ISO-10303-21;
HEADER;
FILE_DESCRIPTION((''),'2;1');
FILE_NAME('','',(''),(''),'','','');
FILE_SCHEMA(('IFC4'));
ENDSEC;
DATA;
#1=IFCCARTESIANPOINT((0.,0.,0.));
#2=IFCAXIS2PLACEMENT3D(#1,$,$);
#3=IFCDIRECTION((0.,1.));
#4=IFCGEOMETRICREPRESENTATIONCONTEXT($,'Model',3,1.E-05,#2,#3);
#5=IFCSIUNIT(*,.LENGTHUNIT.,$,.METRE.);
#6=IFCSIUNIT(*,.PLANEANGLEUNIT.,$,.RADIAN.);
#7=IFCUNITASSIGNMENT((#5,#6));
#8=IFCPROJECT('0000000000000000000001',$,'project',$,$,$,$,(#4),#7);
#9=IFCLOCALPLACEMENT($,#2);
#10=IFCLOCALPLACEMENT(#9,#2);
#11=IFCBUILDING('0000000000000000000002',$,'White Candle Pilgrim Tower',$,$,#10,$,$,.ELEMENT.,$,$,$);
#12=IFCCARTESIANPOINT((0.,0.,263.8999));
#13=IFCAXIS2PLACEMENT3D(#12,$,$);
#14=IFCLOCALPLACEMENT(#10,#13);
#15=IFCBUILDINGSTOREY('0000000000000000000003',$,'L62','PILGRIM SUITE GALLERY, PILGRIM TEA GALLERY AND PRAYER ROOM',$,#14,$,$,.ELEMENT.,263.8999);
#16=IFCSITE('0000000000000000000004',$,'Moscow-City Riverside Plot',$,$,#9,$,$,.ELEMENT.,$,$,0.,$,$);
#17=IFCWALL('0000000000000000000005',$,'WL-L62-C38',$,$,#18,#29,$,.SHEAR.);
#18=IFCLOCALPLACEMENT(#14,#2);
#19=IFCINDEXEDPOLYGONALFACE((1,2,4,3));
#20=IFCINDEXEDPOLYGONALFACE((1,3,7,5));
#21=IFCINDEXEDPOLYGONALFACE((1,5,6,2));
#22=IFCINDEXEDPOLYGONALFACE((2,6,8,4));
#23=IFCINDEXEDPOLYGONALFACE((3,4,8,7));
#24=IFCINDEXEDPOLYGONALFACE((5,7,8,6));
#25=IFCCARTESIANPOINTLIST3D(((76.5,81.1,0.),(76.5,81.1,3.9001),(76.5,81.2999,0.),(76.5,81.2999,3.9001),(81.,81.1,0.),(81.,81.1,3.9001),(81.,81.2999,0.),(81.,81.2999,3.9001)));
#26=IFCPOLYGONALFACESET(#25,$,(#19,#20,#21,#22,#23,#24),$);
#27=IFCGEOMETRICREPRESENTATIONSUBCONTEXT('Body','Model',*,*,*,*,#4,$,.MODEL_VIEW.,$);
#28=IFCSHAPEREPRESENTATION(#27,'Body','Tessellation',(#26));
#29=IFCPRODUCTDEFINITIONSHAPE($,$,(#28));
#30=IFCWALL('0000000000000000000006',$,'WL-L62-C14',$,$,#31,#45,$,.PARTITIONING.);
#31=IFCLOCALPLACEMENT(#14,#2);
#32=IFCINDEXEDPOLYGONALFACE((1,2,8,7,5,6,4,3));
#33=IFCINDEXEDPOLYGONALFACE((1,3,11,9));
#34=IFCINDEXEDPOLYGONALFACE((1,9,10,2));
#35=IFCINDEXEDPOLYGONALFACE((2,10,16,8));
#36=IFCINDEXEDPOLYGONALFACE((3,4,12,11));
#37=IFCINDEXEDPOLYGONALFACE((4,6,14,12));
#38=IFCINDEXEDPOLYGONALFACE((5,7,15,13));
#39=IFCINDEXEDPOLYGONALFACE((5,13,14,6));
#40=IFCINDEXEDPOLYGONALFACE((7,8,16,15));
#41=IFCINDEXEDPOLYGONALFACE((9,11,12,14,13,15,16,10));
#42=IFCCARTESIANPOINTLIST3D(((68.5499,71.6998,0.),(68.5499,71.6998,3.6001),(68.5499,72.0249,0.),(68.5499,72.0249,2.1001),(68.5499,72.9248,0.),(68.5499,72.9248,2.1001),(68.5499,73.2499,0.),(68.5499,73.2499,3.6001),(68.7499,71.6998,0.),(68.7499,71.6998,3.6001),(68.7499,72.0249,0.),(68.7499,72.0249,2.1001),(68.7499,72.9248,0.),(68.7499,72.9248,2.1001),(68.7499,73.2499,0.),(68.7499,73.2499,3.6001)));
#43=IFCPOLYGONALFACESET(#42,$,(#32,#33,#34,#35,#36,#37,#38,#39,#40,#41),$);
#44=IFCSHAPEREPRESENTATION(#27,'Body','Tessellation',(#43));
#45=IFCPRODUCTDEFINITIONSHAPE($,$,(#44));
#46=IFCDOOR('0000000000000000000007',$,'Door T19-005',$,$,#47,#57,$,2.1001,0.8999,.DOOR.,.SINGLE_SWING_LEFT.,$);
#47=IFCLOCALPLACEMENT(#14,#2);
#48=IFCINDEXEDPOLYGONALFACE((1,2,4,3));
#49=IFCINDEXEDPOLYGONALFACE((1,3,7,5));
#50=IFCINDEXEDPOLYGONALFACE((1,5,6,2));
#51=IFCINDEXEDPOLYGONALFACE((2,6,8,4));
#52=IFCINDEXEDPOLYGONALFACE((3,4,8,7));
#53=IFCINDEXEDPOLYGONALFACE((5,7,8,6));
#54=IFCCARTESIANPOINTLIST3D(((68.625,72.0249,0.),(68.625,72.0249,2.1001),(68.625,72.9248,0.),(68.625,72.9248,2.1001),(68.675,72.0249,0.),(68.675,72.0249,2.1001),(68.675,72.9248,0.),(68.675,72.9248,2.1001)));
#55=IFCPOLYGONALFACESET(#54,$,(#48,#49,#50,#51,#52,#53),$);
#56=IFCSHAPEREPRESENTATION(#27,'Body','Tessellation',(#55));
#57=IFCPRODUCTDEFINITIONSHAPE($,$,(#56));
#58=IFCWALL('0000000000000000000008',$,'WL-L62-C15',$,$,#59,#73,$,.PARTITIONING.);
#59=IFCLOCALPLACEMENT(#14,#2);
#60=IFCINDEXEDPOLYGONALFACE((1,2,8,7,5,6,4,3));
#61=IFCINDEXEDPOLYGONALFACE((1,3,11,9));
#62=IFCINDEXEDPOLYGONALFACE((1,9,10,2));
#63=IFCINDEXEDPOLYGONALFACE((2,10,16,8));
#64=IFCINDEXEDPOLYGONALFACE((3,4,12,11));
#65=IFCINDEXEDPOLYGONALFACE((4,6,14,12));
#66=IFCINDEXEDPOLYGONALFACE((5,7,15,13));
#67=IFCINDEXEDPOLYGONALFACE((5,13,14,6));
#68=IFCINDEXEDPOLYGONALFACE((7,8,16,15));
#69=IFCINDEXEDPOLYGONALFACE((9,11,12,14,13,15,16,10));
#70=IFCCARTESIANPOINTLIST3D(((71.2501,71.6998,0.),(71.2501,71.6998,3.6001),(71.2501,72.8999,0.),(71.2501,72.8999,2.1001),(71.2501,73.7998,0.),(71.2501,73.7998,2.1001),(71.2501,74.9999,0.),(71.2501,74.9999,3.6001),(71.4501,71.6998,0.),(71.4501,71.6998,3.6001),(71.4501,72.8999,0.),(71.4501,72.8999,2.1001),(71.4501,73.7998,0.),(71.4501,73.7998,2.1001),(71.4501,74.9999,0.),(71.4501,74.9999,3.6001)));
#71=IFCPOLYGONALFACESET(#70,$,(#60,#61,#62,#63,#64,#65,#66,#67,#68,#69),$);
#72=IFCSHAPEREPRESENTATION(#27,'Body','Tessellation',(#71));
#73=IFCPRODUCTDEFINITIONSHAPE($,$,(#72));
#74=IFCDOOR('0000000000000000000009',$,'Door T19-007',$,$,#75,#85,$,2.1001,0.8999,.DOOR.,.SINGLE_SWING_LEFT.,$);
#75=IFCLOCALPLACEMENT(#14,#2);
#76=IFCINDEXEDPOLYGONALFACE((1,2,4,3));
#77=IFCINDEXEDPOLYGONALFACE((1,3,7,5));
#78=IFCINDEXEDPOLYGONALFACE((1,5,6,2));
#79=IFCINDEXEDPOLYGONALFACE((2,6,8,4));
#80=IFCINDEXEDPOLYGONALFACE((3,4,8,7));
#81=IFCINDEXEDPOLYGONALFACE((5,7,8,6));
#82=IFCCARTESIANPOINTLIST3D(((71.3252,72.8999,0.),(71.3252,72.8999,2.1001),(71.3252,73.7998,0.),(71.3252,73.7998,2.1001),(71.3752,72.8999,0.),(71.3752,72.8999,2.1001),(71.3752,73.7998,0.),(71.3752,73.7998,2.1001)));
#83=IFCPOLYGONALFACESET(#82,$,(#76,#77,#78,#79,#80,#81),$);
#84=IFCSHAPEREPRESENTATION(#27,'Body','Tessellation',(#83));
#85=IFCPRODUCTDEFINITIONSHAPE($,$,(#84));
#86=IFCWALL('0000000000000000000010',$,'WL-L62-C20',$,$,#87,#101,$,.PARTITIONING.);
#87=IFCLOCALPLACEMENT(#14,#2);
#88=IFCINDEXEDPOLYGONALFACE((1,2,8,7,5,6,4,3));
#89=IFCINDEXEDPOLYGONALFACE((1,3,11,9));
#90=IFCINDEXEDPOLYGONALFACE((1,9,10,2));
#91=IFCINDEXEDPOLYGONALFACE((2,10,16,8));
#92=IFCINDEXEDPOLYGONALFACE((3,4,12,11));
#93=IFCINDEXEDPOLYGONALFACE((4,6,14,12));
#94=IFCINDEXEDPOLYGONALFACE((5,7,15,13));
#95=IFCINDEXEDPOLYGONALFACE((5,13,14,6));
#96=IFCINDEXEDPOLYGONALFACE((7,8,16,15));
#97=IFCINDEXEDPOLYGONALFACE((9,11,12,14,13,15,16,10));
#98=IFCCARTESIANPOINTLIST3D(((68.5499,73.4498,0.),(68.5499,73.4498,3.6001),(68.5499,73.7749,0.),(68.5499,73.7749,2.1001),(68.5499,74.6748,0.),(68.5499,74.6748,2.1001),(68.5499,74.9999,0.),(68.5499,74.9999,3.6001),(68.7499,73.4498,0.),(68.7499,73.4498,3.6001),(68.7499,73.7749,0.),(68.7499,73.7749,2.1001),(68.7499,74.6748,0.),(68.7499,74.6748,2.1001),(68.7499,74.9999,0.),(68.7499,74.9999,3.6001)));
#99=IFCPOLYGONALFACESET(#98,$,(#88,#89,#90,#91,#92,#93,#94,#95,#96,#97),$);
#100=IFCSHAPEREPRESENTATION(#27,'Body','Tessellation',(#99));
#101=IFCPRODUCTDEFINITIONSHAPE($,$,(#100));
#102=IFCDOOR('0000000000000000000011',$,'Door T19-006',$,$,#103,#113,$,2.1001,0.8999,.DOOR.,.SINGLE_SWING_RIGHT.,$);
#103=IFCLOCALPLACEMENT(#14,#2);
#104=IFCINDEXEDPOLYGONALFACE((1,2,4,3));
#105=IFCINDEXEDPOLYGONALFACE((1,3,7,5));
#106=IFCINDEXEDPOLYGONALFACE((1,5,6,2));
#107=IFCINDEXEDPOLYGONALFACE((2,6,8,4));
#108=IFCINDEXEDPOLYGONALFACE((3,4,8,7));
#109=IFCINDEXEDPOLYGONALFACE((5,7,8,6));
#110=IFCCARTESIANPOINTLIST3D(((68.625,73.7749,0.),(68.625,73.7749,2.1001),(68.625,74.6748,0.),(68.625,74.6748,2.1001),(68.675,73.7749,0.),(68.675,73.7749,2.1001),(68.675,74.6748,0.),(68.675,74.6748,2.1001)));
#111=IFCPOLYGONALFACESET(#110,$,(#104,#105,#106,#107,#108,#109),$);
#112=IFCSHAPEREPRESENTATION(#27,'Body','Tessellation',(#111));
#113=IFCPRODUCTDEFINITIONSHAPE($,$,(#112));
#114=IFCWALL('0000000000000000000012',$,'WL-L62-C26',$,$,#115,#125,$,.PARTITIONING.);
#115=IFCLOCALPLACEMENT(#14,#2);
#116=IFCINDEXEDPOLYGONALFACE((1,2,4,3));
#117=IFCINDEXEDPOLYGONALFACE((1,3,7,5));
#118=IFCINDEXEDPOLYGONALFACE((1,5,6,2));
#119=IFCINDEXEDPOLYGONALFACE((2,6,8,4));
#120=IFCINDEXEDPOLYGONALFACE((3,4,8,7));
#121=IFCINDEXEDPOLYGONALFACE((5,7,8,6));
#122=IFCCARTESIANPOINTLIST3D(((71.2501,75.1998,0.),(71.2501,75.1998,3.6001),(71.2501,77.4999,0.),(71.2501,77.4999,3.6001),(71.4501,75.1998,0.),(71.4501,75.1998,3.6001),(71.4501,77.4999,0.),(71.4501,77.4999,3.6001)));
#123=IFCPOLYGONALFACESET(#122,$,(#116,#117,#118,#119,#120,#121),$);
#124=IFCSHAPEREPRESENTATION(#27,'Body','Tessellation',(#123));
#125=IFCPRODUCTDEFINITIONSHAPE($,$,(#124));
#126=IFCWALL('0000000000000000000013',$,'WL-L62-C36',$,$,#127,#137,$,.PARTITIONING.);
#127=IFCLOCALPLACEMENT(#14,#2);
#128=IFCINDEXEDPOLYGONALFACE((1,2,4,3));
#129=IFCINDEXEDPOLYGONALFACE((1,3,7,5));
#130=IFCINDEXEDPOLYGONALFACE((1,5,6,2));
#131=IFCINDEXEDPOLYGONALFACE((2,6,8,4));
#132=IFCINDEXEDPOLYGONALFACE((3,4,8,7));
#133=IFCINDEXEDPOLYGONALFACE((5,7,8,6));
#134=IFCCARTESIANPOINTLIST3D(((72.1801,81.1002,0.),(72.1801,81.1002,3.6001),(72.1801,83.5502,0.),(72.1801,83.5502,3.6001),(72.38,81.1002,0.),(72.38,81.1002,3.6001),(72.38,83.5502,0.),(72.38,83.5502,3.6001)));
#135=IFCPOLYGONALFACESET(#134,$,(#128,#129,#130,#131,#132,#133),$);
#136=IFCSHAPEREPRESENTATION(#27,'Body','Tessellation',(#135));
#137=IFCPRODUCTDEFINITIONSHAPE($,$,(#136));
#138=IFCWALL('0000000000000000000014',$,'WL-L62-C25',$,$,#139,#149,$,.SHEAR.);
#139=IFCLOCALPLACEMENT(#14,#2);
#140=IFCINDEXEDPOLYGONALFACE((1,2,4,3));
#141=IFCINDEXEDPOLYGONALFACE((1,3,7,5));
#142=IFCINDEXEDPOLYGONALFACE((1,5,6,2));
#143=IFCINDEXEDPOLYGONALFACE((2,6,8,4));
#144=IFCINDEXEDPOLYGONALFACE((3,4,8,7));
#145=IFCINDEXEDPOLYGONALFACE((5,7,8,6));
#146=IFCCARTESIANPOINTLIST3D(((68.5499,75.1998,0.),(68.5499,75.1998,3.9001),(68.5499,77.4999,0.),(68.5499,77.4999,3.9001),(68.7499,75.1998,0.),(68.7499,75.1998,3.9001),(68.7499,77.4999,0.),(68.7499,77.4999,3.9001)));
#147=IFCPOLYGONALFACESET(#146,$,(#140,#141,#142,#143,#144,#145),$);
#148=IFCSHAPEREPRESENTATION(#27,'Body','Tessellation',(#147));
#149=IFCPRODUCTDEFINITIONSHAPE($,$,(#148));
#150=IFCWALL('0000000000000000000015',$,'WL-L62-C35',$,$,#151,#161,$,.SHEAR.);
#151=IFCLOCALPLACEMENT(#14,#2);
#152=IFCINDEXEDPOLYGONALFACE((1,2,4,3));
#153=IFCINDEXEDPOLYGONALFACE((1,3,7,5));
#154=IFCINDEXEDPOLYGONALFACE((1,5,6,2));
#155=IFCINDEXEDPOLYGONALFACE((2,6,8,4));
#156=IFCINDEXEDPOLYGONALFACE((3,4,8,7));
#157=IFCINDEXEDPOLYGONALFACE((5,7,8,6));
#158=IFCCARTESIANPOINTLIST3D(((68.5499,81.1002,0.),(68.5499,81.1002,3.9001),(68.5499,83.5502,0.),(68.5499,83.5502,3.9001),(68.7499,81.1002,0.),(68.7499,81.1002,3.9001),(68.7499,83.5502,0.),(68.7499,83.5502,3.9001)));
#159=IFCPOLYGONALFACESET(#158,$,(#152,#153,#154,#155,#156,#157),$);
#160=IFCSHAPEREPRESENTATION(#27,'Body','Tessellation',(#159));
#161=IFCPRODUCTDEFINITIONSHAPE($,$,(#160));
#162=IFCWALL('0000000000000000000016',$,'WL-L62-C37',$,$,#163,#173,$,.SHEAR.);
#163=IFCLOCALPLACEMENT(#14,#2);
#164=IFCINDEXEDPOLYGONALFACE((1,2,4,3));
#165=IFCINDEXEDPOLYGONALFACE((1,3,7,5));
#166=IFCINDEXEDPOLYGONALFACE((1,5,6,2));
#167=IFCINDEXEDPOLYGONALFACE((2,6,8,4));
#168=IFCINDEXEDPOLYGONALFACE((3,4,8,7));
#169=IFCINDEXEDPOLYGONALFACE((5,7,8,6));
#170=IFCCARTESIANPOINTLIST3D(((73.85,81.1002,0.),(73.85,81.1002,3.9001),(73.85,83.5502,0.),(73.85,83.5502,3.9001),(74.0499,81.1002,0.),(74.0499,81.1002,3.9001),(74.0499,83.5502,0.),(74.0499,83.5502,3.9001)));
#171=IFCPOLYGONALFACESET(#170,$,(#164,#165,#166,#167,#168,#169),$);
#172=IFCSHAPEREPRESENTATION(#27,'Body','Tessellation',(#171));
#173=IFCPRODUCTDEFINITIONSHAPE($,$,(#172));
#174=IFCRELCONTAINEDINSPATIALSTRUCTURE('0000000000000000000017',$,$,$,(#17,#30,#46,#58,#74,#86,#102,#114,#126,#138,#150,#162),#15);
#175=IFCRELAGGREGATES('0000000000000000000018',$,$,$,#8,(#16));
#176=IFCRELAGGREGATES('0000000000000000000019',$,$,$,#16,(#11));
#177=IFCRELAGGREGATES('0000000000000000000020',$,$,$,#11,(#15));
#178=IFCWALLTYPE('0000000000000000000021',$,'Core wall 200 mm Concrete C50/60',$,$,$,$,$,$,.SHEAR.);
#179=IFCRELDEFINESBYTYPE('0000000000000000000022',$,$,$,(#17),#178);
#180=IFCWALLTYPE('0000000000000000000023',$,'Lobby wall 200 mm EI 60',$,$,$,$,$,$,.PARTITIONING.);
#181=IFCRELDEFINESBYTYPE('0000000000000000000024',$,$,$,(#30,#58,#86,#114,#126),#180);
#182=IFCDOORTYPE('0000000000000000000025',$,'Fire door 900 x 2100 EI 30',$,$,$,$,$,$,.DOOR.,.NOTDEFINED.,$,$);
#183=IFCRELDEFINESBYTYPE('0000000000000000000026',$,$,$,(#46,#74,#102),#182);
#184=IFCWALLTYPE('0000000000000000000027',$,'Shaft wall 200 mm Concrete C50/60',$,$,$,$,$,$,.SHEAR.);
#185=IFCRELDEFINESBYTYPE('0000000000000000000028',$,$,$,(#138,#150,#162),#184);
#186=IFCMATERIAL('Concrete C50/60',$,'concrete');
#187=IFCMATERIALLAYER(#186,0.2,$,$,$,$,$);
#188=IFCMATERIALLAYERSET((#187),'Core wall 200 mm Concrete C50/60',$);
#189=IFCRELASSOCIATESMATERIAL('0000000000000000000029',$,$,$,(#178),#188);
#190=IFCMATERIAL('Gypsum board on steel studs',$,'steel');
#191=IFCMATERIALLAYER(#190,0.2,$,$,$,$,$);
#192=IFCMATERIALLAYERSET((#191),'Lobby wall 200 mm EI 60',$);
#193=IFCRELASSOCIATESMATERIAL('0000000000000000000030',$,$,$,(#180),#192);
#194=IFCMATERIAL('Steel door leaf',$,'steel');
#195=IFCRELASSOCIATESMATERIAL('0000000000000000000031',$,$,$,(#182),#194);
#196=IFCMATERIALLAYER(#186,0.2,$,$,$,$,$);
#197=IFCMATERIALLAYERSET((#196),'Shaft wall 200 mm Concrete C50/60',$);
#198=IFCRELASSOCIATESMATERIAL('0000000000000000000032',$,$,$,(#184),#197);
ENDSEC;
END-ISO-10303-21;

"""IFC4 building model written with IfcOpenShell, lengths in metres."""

from ifc_helpers import new_model, si_unit, direction, frame, frame_2d, origin, place, context, subcontext, project, spatial, rectangle, extrude, material, layer, layer_set, type_object, element, fill, save


model = new_model("IFC4")

# Units and contexts
model_context = context("Model", 3, precision=1e-05, world=origin(), true_north=direction((0.0, 1.0)))
body_context = subcontext(model_context, "Body", "Model", "MODEL_VIEW")
ifc_project = project(units=[si_unit("LENGTHUNIT", "METRE"), si_unit("PLANEANGLEUNIT", "RADIAN")], contexts=[model_context])

# Site, building, storey
site_placement = place(None, origin())
site = spatial("IfcSite", under=ifc_project, at=site_placement, Name="Moscow-City Riverside Plot", CompositionType="ELEMENT", RefElevation=0.0)
building_placement = place(site_placement, origin())
building = spatial("IfcBuilding", under=site, at=building_placement, Name="White Candle Pilgrim Tower", CompositionType="ELEMENT")
storey_placement = place(building_placement, frame((0.0, 0.0, 263.8999)))
storey = spatial("IfcBuildingStorey", under=building, at=storey_placement, Name="L62", Description="PILGRIM SUITE GALLERY, PILGRIM TEA GALLERY AND PRAYER ROOM", CompositionType="ELEMENT", Elevation=263.8999)

# Wall
ifc_material_1 = material(Name="Concrete C50/60", Category="concrete")
ifc_layer_1 = layer(ifc_material_1, 0.2)
ifc_layer_set_1 = layer_set([ifc_layer_1], Name="Core wall 200 mm Concrete C50/60")
wall_type_1 = type_object("IfcWallType", Name="Core wall 200 mm Concrete C50/60", PredefinedType="SHEAR", material=ifc_layer_set_1)
wall_1_placement = place(storey_placement, frame((76.5, 81.2, 0.0), z_axis=(0.0, 0.0, 1.0), x_axis=(1.0, 0.0, 0.0)))
element("IfcWall", 1, at=wall_1_placement, inside=storey, type_object=wall_type_1, Name="WL-L62-C38", PredefinedType="SHEAR", context=body_context, shape_type="SweptSolid", body=[
    extrude(rectangle(XDim=4.5, YDim=0.2, at=frame_2d((2.25, 0.0))), origin(), (0.0, 0.0, 1.0), 3.9001),
])

# Walls, openings, doors
ifc_material_2 = material(Name="Gypsum board on steel studs", Category="steel")
ifc_layer_2 = layer(ifc_material_2, 0.2)
ifc_layer_set_2 = layer_set([ifc_layer_2], Name="Lobby wall 200 mm EI 60")
wall_type_2 = type_object("IfcWallType", Name="Lobby wall 200 mm EI 60", PredefinedType="PARTITIONING", material=ifc_layer_set_2)
wall_2_placement = place(storey_placement, frame((68.6499, 71.7, 0.0), z_axis=(0.0, 0.0, 1.0), x_axis=(0.0, 1.0, 0.0)))
wall_2 = element("IfcWall", 2, at=wall_2_placement, inside=storey, type_object=wall_type_2, Name="WL-L62-C14", PredefinedType="PARTITIONING", context=body_context, shape_type="SweptSolid", body=[
    extrude(rectangle(XDim=1.55, YDim=0.2, at=frame_2d((0.7749, 0.0))), origin(), (0.0, 0.0, 1.0), 3.6001),
])
opening_1_placement = place(wall_2_placement, frame((0.325, 0.0, 0.0)))
opening_1 = element("IfcOpeningElement", 3, at=opening_1_placement, cuts=wall_2, PredefinedType="OPENING", context=body_context, shape_type="SweptSolid", body=[
    extrude(rectangle(XDim=0.8999, YDim=2.1001, at=frame_2d((0.45, 1.05))), frame((0.0, 0.1099, 0.0), z_axis=(0.0, -1.0, 0.0), x_axis=(1.0, 0.0, 0.0)), (0.0, 0.0, 1.0), 0.22),
])
ifc_material_3 = material(Name="Steel door leaf", Category="steel")
door_type_1 = type_object("IfcDoorType", Name="Fire door 900 x 2100 EI 30", OperationType="NOTDEFINED", PredefinedType="DOOR", material=ifc_material_3)
door_1_placement = place(opening_1_placement, origin())
door_1 = element("IfcDoor", 4, at=door_1_placement, inside=storey, type_object=door_type_1, Name="Door T19-005", OperationType="SINGLE_SWING_LEFT", OverallHeight=2.1001, OverallWidth=0.8999, PredefinedType="DOOR", context=body_context, shape_type="SweptSolid", body=[
    extrude(rectangle(XDim=0.8999, YDim=2.1001, at=frame_2d((0.45, 1.05))), frame((0.0, 0.0249, 0.0), z_axis=(0.0, -1.0, 0.0), x_axis=(1.0, 0.0, 0.0)), (0.0, 0.0, 1.0), 0.05),
])
fill(opening_1, door_1)
wall_3_placement = place(storey_placement, frame((71.3501, 71.7, 0.0), z_axis=(0.0, 0.0, 1.0), x_axis=(0.0, 1.0, 0.0)))
wall_3 = element("IfcWall", 5, at=wall_3_placement, inside=storey, type_object=wall_type_2, Name="WL-L62-C15", PredefinedType="PARTITIONING", context=body_context, shape_type="SweptSolid", body=[
    extrude(rectangle(XDim=3.3, YDim=0.2, at=frame_2d((1.6499, 0.0))), origin(), (0.0, 0.0, 1.0), 3.6001),
])
opening_2_placement = place(wall_3_placement, frame((1.2, 0.0, 0.0)))
opening_2 = element("IfcOpeningElement", 6, at=opening_2_placement, cuts=wall_3, PredefinedType="OPENING", context=body_context, shape_type="SweptSolid", body=[
    extrude(rectangle(XDim=0.8999, YDim=2.1001, at=frame_2d((0.45, 1.05))), frame((0.0, 0.1099, 0.0), z_axis=(0.0, -1.0, 0.0), x_axis=(1.0, 0.0, 0.0)), (0.0, 0.0, 1.0), 0.22),
])
door_2_placement = place(opening_2_placement, origin())
door_2 = element("IfcDoor", 7, at=door_2_placement, inside=storey, type_object=door_type_1, Name="Door T19-007", OperationType="SINGLE_SWING_LEFT", OverallHeight=2.1001, OverallWidth=0.8999, PredefinedType="DOOR", context=body_context, shape_type="SweptSolid", body=[
    extrude(rectangle(XDim=0.8999, YDim=2.1001, at=frame_2d((0.45, 1.05))), frame((0.0, 0.0249, 0.0), z_axis=(0.0, -1.0, 0.0), x_axis=(1.0, 0.0, 0.0)), (0.0, 0.0, 1.0), 0.05),
])
fill(opening_2, door_2)
wall_4_placement = place(storey_placement, frame((68.6499, 73.45, 0.0), z_axis=(0.0, 0.0, 1.0), x_axis=(0.0, 1.0, 0.0)))
wall_4 = element("IfcWall", 8, at=wall_4_placement, inside=storey, type_object=wall_type_2, Name="WL-L62-C20", PredefinedType="PARTITIONING", context=body_context, shape_type="SweptSolid", body=[
    extrude(rectangle(XDim=1.55, YDim=0.2, at=frame_2d((0.7749, 0.0))), origin(), (0.0, 0.0, 1.0), 3.6001),
])
opening_3_placement = place(wall_4_placement, frame((0.325, 0.0, 0.0)))
opening_3 = element("IfcOpeningElement", 9, at=opening_3_placement, cuts=wall_4, PredefinedType="OPENING", context=body_context, shape_type="SweptSolid", body=[
    extrude(rectangle(XDim=0.8999, YDim=2.1001, at=frame_2d((0.45, 1.05))), frame((0.0, 0.1099, 0.0), z_axis=(0.0, -1.0, 0.0), x_axis=(1.0, 0.0, 0.0)), (0.0, 0.0, 1.0), 0.22),
])
door_3_placement = place(opening_3_placement, origin())
door_3 = element("IfcDoor", 10, at=door_3_placement, inside=storey, type_object=door_type_1, Name="Door T19-006", OperationType="SINGLE_SWING_RIGHT", OverallHeight=2.1001, OverallWidth=0.8999, PredefinedType="DOOR", context=body_context, shape_type="SweptSolid", body=[
    extrude(rectangle(XDim=0.8999, YDim=2.1001, at=frame_2d((0.45, 1.05))), frame((0.0, 0.0249, 0.0), z_axis=(0.0, -1.0, 0.0), x_axis=(1.0, 0.0, 0.0)), (0.0, 0.0, 1.0), 0.05),
])
fill(opening_3, door_3)

# Walls
wall_5_placement = place(storey_placement, frame((71.3501, 75.2, 0.0), z_axis=(0.0, 0.0, 1.0), x_axis=(0.0, 1.0, 0.0)))
element("IfcWall", 11, at=wall_5_placement, inside=storey, type_object=wall_type_2, Name="WL-L62-C26", PredefinedType="PARTITIONING", context=body_context, shape_type="SweptSolid", body=[
    extrude(rectangle(XDim=2.3, YDim=0.2, at=frame_2d((1.1499, 0.0))), origin(), (0.0, 0.0, 1.0), 3.6001),
])
wall_6_placement = place(storey_placement, frame((72.28, 81.1001, 0.0), z_axis=(0.0, 0.0, 1.0), x_axis=(0.0, 1.0, 0.0)))
element("IfcWall", 12, at=wall_6_placement, inside=storey, type_object=wall_type_2, Name="WL-L62-C36", PredefinedType="PARTITIONING", context=body_context, shape_type="SweptSolid", body=[
    extrude(rectangle(XDim=2.45, YDim=0.2, at=frame_2d((1.2251, 0.0))), origin(), (0.0, 0.0, 1.0), 3.6001),
])
ifc_layer_3 = layer(ifc_material_1, 0.2)
ifc_layer_set_3 = layer_set([ifc_layer_3], Name="Shaft wall 200 mm Concrete C50/60")
wall_type_3 = type_object("IfcWallType", Name="Shaft wall 200 mm Concrete C50/60", PredefinedType="SHEAR", material=ifc_layer_set_3)
wall_7_placement = place(storey_placement, frame((68.6499, 75.2, 0.0), z_axis=(0.0, 0.0, 1.0), x_axis=(0.0, 1.0, 0.0)))
element("IfcWall", 13, at=wall_7_placement, inside=storey, type_object=wall_type_3, Name="WL-L62-C25", PredefinedType="SHEAR", context=body_context, shape_type="SweptSolid", body=[
    extrude(rectangle(XDim=2.3, YDim=0.2, at=frame_2d((1.1499, 0.0))), origin(), (0.0, 0.0, 1.0), 3.9001),
])
for number, where, z_axis, x_axis, name in (
    (14, (68.6499, 81.1001, 0.0), (0.0, 0.0, 1.0), (0.0, 1.0, 0.0), "WL-L62-C35"),
    (15, (73.95, 81.1001, 0.0), (0.0, 0.0, 1.0), (0.0, 1.0, 0.0), "WL-L62-C37"),
):
    element("IfcWall", number, at=place(storey_placement, frame(where, z_axis=z_axis, x_axis=x_axis)), inside=storey, type_object=wall_type_3, Name=name, PredefinedType="SHEAR", context=body_context, shape_type="SweptSolid", body=[
        extrude(rectangle(XDim=2.45, YDim=0.2, at=frame_2d((1.2251, 0.0))), origin(), (0.0, 0.0, 1.0), 3.9001),
    ])

save(model, "model.ifc")
